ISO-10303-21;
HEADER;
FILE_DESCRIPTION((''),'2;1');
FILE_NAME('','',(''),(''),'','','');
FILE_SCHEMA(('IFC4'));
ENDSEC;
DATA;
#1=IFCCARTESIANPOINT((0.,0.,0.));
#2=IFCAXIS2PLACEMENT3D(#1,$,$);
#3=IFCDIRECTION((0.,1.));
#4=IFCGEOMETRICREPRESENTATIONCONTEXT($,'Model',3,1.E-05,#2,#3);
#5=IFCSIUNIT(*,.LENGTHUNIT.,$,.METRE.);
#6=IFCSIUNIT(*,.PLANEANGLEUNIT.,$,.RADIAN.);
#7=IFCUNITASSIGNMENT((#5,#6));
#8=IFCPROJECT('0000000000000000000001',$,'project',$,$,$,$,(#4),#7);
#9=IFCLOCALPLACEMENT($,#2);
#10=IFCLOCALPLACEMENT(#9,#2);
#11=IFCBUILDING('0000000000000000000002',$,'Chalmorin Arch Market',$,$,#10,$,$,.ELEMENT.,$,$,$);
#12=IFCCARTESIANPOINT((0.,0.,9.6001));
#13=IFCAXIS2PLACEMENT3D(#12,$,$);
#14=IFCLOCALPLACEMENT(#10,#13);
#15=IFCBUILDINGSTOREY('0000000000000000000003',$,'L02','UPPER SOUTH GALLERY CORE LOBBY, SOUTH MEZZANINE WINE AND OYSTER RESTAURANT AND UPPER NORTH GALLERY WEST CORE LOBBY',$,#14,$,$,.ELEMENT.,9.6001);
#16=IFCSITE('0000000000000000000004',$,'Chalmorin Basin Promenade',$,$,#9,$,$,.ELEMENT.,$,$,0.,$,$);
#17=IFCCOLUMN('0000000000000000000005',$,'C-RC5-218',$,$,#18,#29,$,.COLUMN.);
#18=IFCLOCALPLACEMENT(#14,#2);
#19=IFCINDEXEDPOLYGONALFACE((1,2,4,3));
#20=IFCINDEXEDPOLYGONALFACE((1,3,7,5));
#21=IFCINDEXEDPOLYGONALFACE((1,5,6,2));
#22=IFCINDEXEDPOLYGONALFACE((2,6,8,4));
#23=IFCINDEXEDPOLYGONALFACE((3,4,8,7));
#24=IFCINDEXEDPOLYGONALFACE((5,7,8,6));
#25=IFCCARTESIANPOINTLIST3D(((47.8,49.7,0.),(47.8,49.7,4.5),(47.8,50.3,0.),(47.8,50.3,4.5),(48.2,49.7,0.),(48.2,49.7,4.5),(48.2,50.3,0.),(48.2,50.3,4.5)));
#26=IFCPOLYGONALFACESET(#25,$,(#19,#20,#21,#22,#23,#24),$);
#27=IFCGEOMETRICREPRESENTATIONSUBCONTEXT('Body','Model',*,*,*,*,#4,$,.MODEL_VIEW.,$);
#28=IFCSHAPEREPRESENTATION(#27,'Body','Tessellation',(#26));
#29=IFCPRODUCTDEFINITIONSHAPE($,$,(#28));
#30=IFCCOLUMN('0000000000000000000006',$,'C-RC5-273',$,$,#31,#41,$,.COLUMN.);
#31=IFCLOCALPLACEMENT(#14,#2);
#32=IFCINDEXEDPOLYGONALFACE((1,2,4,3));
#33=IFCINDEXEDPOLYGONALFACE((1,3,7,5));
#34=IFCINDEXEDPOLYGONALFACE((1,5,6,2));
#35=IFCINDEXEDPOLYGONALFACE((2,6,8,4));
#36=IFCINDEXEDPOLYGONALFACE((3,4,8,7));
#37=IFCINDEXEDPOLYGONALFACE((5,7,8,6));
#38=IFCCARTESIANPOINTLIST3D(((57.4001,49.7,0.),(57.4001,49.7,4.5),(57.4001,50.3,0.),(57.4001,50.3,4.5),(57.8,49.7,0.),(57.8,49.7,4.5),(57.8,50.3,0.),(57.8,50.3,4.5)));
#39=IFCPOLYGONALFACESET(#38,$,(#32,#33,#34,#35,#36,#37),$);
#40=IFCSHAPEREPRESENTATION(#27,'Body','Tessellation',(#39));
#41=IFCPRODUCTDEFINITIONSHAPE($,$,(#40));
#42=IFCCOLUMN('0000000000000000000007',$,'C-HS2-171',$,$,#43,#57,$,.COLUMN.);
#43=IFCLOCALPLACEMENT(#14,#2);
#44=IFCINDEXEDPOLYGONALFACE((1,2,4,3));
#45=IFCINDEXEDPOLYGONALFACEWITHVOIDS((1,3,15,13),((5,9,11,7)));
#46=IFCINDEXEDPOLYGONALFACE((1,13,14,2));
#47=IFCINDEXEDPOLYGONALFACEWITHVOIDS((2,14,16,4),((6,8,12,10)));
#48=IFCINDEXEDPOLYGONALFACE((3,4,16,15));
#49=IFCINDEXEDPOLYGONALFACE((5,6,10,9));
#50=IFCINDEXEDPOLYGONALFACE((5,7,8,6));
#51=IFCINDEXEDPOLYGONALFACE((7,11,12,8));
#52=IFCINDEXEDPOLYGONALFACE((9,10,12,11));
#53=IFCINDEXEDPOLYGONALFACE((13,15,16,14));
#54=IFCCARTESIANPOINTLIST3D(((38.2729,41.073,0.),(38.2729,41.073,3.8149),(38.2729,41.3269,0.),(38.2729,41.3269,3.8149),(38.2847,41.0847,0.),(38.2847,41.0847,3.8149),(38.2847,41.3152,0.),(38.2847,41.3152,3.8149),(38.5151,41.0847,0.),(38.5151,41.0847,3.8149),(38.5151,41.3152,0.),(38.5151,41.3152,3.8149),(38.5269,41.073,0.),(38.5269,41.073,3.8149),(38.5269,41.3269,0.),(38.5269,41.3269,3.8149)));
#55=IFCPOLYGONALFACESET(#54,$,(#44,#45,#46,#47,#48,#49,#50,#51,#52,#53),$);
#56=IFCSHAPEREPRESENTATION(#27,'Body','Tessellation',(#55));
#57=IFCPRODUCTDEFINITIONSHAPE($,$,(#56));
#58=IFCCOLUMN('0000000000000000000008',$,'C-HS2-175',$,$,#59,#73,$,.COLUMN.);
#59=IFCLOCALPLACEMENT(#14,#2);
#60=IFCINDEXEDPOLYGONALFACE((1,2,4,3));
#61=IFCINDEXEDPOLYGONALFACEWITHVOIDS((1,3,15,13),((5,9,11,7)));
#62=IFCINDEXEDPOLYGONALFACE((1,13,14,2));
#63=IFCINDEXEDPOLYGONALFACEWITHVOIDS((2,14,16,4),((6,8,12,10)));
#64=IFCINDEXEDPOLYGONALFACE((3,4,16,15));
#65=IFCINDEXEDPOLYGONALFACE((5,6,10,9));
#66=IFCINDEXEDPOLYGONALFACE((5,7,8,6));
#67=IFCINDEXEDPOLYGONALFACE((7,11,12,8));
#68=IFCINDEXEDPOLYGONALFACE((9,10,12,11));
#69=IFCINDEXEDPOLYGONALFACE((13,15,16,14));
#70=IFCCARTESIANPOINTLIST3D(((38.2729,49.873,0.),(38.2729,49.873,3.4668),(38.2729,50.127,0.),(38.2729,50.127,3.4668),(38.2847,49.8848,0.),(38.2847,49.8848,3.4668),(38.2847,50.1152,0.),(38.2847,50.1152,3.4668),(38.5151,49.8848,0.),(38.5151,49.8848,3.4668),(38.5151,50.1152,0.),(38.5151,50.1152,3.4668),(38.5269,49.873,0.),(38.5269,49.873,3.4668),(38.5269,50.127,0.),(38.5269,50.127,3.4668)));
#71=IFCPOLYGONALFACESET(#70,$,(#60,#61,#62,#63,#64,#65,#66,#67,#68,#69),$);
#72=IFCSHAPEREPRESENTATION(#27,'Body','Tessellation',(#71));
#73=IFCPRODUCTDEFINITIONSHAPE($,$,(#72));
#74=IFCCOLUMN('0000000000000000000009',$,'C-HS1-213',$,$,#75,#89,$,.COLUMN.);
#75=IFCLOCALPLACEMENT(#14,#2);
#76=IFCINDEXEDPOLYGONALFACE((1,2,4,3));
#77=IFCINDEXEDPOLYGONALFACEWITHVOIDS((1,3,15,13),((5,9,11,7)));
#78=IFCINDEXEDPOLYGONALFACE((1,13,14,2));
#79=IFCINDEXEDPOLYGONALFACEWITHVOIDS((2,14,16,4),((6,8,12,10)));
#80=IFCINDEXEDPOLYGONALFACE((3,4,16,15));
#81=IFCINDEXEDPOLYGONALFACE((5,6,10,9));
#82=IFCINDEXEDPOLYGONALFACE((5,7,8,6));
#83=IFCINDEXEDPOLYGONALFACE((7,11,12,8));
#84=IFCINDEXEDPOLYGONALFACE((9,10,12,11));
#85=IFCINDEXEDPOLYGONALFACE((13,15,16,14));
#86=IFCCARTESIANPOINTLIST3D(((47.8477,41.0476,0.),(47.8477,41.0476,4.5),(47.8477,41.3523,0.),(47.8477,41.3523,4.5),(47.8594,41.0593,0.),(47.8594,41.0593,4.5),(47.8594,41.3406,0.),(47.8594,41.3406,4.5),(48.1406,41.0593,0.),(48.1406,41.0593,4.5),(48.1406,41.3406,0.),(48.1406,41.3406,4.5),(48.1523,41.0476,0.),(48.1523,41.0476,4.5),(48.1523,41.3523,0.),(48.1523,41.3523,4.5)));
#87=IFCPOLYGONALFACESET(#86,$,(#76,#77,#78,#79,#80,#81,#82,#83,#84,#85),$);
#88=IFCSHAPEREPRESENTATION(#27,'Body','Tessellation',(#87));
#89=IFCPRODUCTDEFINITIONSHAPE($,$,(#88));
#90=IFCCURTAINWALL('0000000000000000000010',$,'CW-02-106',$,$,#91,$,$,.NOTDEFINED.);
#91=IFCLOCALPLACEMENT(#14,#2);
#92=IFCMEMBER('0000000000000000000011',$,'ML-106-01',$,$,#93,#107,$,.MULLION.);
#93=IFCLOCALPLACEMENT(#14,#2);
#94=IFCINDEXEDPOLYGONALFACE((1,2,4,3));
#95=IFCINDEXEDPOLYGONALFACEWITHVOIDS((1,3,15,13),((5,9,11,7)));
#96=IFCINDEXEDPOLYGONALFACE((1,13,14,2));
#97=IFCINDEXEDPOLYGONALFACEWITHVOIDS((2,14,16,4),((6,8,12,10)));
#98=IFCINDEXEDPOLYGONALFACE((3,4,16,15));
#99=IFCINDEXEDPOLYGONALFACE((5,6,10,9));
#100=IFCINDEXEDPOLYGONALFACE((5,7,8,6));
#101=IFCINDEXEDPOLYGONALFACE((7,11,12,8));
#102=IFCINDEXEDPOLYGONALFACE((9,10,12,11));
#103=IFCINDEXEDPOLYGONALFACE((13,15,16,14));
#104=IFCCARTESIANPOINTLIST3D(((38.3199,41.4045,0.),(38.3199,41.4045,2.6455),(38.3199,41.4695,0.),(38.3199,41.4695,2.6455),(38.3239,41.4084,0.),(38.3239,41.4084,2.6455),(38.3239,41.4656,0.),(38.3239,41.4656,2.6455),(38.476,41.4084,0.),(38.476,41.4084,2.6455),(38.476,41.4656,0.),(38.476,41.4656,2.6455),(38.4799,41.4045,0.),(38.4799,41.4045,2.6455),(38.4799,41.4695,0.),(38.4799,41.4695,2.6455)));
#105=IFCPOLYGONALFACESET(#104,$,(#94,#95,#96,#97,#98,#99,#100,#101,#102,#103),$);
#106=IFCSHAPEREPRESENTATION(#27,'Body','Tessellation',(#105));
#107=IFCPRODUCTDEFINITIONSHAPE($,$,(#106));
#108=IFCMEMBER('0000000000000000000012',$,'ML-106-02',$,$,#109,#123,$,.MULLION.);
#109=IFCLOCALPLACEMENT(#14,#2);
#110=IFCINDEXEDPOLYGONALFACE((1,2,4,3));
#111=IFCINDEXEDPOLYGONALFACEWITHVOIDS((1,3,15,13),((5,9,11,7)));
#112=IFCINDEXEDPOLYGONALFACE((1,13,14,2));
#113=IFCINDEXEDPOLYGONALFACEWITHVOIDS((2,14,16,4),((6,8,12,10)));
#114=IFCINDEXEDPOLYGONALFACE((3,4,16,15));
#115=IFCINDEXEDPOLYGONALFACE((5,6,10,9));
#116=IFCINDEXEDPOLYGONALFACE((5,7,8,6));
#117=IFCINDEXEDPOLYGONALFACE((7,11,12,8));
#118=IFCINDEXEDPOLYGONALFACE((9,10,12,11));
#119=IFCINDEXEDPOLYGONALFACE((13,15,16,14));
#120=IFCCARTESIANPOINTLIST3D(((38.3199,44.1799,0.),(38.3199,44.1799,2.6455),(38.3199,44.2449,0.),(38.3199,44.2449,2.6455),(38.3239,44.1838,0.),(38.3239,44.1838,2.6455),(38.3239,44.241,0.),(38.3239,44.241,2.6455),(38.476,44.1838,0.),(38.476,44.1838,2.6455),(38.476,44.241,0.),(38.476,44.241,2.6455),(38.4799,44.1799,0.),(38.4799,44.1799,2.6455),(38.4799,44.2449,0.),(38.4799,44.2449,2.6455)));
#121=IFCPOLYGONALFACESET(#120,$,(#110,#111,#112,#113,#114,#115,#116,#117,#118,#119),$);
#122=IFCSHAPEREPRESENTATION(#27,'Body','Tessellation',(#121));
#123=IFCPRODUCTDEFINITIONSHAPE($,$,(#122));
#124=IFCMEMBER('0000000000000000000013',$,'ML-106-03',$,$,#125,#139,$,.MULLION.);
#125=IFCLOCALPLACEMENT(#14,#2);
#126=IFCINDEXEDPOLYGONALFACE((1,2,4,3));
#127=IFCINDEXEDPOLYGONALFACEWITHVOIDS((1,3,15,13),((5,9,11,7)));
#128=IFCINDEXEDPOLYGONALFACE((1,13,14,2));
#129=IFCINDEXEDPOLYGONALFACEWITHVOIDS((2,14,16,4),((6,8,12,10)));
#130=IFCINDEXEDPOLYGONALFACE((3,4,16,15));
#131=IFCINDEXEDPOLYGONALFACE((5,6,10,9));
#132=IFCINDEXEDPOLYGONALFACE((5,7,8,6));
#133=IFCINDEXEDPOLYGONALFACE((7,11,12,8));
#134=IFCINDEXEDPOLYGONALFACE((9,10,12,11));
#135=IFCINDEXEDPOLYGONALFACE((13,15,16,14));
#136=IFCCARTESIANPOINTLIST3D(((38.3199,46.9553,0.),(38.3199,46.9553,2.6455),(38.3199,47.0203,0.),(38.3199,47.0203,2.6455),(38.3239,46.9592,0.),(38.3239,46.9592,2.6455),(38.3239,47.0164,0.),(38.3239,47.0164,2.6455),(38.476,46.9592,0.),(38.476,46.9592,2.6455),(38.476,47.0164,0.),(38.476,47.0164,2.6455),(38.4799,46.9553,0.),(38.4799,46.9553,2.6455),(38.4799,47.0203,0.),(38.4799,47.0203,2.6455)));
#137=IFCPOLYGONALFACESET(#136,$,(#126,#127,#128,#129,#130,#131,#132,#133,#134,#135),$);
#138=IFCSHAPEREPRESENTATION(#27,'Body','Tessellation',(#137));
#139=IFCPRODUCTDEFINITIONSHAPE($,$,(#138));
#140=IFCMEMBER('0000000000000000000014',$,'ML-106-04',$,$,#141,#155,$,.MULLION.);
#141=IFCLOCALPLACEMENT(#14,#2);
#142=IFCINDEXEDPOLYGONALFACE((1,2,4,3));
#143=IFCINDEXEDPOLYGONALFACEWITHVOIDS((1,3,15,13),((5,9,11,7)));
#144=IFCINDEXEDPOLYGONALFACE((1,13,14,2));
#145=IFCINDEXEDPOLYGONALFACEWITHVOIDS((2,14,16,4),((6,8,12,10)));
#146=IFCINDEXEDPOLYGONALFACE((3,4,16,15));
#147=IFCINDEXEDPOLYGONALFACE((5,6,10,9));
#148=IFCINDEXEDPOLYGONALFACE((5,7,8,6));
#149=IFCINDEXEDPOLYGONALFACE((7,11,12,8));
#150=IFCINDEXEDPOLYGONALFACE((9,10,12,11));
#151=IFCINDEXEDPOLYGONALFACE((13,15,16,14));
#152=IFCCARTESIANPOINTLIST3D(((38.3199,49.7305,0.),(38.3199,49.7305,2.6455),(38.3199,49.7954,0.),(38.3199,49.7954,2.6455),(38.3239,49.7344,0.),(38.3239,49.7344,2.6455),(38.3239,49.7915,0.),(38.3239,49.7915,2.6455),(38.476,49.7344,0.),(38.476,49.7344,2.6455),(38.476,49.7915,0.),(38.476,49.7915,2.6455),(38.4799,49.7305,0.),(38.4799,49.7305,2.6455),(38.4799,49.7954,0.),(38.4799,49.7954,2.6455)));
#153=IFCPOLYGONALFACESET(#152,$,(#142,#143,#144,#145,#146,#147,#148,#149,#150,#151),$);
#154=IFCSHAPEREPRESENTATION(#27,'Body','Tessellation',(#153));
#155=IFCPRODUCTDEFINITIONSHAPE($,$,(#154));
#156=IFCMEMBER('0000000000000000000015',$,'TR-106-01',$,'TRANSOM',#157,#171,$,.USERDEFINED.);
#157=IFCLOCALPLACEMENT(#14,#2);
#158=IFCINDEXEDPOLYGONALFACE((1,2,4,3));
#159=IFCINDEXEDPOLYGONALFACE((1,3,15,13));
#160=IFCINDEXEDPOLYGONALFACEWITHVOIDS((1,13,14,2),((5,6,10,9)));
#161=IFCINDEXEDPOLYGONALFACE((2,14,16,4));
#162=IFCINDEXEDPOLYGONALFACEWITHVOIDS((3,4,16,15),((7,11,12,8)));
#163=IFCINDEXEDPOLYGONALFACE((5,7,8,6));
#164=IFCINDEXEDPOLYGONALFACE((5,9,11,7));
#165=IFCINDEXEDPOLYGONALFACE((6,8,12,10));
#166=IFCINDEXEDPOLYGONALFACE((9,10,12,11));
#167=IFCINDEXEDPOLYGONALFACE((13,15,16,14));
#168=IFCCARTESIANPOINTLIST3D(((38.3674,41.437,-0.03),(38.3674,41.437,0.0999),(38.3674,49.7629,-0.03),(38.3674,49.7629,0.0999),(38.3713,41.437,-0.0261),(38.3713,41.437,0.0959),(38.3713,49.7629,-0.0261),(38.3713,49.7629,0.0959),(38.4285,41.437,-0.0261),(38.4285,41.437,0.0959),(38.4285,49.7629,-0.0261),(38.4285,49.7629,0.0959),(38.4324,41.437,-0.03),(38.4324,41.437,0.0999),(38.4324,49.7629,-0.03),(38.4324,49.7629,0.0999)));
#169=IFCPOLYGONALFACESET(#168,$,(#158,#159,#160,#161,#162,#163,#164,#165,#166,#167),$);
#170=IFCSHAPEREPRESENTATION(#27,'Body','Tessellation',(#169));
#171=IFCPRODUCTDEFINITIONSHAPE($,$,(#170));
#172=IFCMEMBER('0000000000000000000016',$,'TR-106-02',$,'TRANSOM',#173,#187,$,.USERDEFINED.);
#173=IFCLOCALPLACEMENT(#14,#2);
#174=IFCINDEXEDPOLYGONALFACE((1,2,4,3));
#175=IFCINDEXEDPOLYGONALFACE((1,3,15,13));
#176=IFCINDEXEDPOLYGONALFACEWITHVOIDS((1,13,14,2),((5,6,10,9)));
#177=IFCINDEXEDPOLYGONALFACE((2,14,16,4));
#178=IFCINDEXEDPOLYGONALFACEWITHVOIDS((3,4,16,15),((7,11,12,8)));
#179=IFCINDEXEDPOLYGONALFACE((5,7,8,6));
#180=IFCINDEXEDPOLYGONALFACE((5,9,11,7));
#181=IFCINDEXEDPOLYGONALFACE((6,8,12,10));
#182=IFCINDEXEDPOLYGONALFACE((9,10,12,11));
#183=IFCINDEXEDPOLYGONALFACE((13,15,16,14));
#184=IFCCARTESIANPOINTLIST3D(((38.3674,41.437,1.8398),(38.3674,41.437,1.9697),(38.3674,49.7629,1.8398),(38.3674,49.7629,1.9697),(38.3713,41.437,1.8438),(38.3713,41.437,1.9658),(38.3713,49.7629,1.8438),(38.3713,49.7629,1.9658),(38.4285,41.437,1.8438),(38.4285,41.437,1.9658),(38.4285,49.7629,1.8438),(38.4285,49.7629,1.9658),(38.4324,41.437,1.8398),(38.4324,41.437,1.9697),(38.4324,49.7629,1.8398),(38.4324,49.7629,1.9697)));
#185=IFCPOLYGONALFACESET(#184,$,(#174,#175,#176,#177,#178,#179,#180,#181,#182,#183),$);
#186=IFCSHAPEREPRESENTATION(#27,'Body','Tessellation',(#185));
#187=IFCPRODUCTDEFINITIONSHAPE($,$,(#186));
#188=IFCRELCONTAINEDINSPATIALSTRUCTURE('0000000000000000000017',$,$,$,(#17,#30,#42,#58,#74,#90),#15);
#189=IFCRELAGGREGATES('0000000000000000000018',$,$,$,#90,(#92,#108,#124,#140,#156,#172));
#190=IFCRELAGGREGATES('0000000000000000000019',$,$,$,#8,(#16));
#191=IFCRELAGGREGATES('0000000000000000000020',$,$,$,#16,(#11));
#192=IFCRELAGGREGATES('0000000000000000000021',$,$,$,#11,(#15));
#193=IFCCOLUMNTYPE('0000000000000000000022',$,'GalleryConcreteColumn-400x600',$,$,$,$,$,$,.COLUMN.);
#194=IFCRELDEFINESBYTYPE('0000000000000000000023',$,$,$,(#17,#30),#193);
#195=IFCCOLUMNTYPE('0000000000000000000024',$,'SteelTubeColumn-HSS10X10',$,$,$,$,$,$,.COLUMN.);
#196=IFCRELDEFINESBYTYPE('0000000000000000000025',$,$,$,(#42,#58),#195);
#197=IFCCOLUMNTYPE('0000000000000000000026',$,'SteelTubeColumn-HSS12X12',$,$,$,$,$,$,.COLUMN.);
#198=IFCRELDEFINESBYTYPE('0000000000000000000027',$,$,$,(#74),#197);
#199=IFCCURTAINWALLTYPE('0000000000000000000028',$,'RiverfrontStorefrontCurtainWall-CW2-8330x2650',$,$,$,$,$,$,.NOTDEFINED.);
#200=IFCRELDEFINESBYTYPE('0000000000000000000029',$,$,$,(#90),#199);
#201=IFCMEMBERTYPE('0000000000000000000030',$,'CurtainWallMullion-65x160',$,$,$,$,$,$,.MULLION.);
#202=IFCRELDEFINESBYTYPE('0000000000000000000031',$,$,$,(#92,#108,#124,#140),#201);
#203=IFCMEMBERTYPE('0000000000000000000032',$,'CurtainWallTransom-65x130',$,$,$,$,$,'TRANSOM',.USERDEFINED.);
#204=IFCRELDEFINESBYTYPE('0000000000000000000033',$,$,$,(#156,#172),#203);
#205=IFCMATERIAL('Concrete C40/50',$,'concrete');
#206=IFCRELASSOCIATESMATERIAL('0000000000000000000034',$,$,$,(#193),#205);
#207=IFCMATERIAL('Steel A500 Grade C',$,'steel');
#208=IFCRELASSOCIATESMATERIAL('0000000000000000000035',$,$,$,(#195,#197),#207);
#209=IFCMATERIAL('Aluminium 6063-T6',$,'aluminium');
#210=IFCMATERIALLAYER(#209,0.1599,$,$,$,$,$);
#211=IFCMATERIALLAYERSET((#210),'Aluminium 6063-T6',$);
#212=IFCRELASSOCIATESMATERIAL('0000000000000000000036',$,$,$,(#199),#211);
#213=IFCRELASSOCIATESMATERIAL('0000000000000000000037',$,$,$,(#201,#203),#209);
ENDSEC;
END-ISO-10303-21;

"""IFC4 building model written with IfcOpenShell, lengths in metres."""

from ifc_helpers import new_model, si_unit, direction, frame, origin, origin_2d, place, context, subcontext, project, spatial, rectangle, hollow_rectangle, extrude, material, layer, layer_set, material_profile, profile_set, type_object, element, aggregate, save


model = new_model("IFC4")

# Units and contexts
model_context = context("Model", 3, precision=1e-05, world=origin(), true_north=direction((0.0, 1.0)))
body_context = subcontext(model_context, "Body", "Model", "MODEL_VIEW")
ifc_project = project(units=[si_unit("LENGTHUNIT", "METRE"), si_unit("PLANEANGLEUNIT", "RADIAN")], contexts=[model_context])

# Site, building, storey
site_placement = place(None, origin())
site = spatial("IfcSite", under=ifc_project, at=site_placement, Name="Chalmorin Basin Promenade", CompositionType="ELEMENT", RefElevation=0.0)
building_placement = place(site_placement, origin())
building = spatial("IfcBuilding", under=site, at=building_placement, Name="Chalmorin Arch Market", CompositionType="ELEMENT")
storey_placement = place(building_placement, frame((0.0, 0.0, 9.6001)))
storey = spatial("IfcBuildingStorey", under=building, at=storey_placement, Name="L02", Description="UPPER SOUTH GALLERY CORE LOBBY, SOUTH MEZZANINE WINE AND OYSTER RESTAURANT AND UPPER NORTH GALLERY WEST CORE LOBBY", CompositionType="ELEMENT", Elevation=9.6001)

# Columns
ifc_material_1 = material(Name="Concrete C40/50", Category="concrete")
ifc_material_profile_1 = material_profile(ifc_material_1, rectangle(XDim=0.3999, YDim=0.6001, at=origin_2d()), Name="RC400X600")
ifc_profile_set_1 = profile_set([ifc_material_profile_1], Name="Concrete C40/50")
column_type_1 = type_object("IfcColumnType", Name="GalleryConcreteColumn-400x600", PredefinedType="COLUMN", material=ifc_profile_set_1)
for number, where, z_axis, x_axis, name in (
    (1, (48.0, 50.0, 0.0), (0.0, 0.0, 1.0), (1.0, 0.0, 0.0), "C-RC5-218"),
    (2, (57.6001, 50.0, 0.0), (0.0, 0.0, 1.0), (1.0, 0.0, 0.0), "C-RC5-273"),
):
    element("IfcColumn", number, at=place(storey_placement, frame(where, z_axis=z_axis, x_axis=x_axis)), inside=storey, type_object=column_type_1, Name=name, PredefinedType="COLUMN", context=body_context, shape_type="SweptSolid", body=[
        extrude(rectangle(XDim=0.3999, YDim=0.6001, at=origin_2d()), origin(), (0.0, 0.0, 1.0), 4.5),
    ])
ifc_material_2 = material(Name="Steel A500 Grade C", Category="steel")
ifc_material_profile_2 = material_profile(ifc_material_2, hollow_rectangle(XDim=0.2539, YDim=0.2539, WallThickness=0.0117, at=origin_2d()), Name="HSS10X10X1/2")
ifc_profile_set_2 = profile_set([ifc_material_profile_2], Name="Steel A500 Grade C")
column_type_2 = type_object("IfcColumnType", Name="SteelTubeColumn-HSS10X10", PredefinedType="COLUMN", material=ifc_profile_set_2)
column_1_placement = place(storey_placement, frame((38.3999, 41.2, 0.0), z_axis=(0.0, 0.0, 1.0), x_axis=(1.0, 0.0, 0.0)))
element("IfcColumn", 3, at=column_1_placement, inside=storey, type_object=column_type_2, Name="C-HS2-171", PredefinedType="COLUMN", context=body_context, shape_type="SweptSolid", body=[
    extrude(hollow_rectangle(XDim=0.2539, YDim=0.2539, WallThickness=0.0117, at=origin_2d()), origin(), (0.0, 0.0, 1.0), 3.8149),
])
column_2_placement = place(storey_placement, frame((38.3999, 50.0, 0.0), z_axis=(0.0, 0.0, 1.0), x_axis=(1.0, 0.0, 0.0)))
element("IfcColumn", 4, at=column_2_placement, inside=storey, type_object=column_type_2, Name="C-HS2-175", PredefinedType="COLUMN", context=body_context, shape_type="SweptSolid", body=[
    extrude(hollow_rectangle(XDim=0.2539, YDim=0.2539, WallThickness=0.0117, at=origin_2d()), origin(), (0.0, 0.0, 1.0), 3.4668),
])
ifc_material_profile_3 = material_profile(ifc_material_2, hollow_rectangle(XDim=0.3047, YDim=0.3047, WallThickness=0.0117, at=origin_2d()), Name="HSS12X12X1/2")
ifc_profile_set_3 = profile_set([ifc_material_profile_3], Name="Steel A500 Grade C")
column_type_3 = type_object("IfcColumnType", Name="SteelTubeColumn-HSS12X12", PredefinedType="COLUMN", material=ifc_profile_set_3)
column_3_placement = place(storey_placement, frame((48.0, 41.2, 0.0), z_axis=(0.0, 0.0, 1.0), x_axis=(1.0, 0.0, 0.0)))
element("IfcColumn", 5, at=column_3_placement, inside=storey, type_object=column_type_3, Name="C-HS1-213", PredefinedType="COLUMN", context=body_context, shape_type="SweptSolid", body=[
    extrude(hollow_rectangle(XDim=0.3047, YDim=0.3047, WallThickness=0.0117, at=origin_2d()), origin(), (0.0, 0.0, 1.0), 4.5),
])

# Curtain wall, members
ifc_material_3 = material(Name="Aluminium 6063-T6", Category="aluminium")
ifc_layer_1 = layer(ifc_material_3, 0.1599)
ifc_layer_set_1 = layer_set([ifc_layer_1], Name="Aluminium 6063-T6")
curtain_wall_type = type_object("IfcCurtainWallType", Name="RiverfrontStorefrontCurtainWall-CW2-8330x2650", PredefinedType="NOTDEFINED", material=ifc_layer_set_1)
curtain_wall_placement = place(storey_placement, origin())
curtain_wall = element("IfcCurtainWall", 6, at=curtain_wall_placement, inside=storey, type_object=curtain_wall_type, Name="CW-02-106", PredefinedType="NOTDEFINED")
ifc_material_profile_4 = material_profile(ifc_material_3, hollow_rectangle(XDim=0.0649, YDim=0.1599, WallThickness=0.0039, at=origin_2d()), Name="ALU65X160X4")
ifc_profile_set_4 = profile_set([ifc_material_profile_4], Name="Aluminium 6063-T6")
member_type_1 = type_object("IfcMemberType", Name="CurtainWallMullion-65x160", PredefinedType="MULLION", material=ifc_profile_set_4)
member_1_placement = place(storey_placement, frame((38.3999, 41.437, 0.0), z_axis=(0.0, 0.0, 1.0), x_axis=(0.0, 1.0, 0.0)))
member_1 = element("IfcMember", 7, at=member_1_placement, type_object=member_type_1, Name="ML-106-01", PredefinedType="MULLION", context=body_context, shape_type="SweptSolid", body=[
    extrude(hollow_rectangle(XDim=0.0649, YDim=0.1599, WallThickness=0.0039, at=origin_2d()), origin(), (0.0, 0.0, 1.0), 2.6455),
])
member_2_placement = place(storey_placement, frame((38.3999, 44.2124, 0.0), z_axis=(0.0, 0.0, 1.0), x_axis=(0.0, 1.0, 0.0)))
member_2 = element("IfcMember", 8, at=member_2_placement, type_object=member_type_1, Name="ML-106-02", PredefinedType="MULLION", context=body_context, shape_type="SweptSolid", body=[
    extrude(hollow_rectangle(XDim=0.0649, YDim=0.1599, WallThickness=0.0039, at=origin_2d()), origin(), (0.0, 0.0, 1.0), 2.6455),
])
member_3_placement = place(storey_placement, frame((38.3999, 46.9878, 0.0), z_axis=(0.0, 0.0, 1.0), x_axis=(0.0, 1.0, 0.0)))
member_3 = element("IfcMember", 9, at=member_3_placement, type_object=member_type_1, Name="ML-106-03", PredefinedType="MULLION", context=body_context, shape_type="SweptSolid", body=[
    extrude(hollow_rectangle(XDim=0.0649, YDim=0.1599, WallThickness=0.0039, at=origin_2d()), origin(), (0.0, 0.0, 1.0), 2.6455),
])
member_4_placement = place(storey_placement, frame((38.3999, 49.7629, 0.0), z_axis=(0.0, 0.0, 1.0), x_axis=(0.0, 1.0, 0.0)))
member_4 = element("IfcMember", 10, at=member_4_placement, type_object=member_type_1, Name="ML-106-04", PredefinedType="MULLION", context=body_context, shape_type="SweptSolid", body=[
    extrude(hollow_rectangle(XDim=0.0649, YDim=0.1599, WallThickness=0.0039, at=origin_2d()), origin(), (0.0, 0.0, 1.0), 2.6455),
])
ifc_material_profile_5 = material_profile(ifc_material_3, hollow_rectangle(XDim=0.0649, YDim=0.1299, WallThickness=0.0039, at=origin_2d()), Name="ALU65X130X4")
ifc_profile_set_5 = profile_set([ifc_material_profile_5], Name="Aluminium 6063-T6")
member_type_2 = type_object("IfcMemberType", Name="CurtainWallTransom-65x130", ElementType="TRANSOM", PredefinedType="USERDEFINED", material=ifc_profile_set_5)
member_5_placement = place(storey_placement, frame((38.3999, 41.437, 0.0349), z_axis=(0.0, 1.0, 0.0), x_axis=(-1.0, 0.0, 0.0)))
member_5 = element("IfcMember", 11, at=member_5_placement, type_object=member_type_2, Name="TR-106-01", ObjectType="TRANSOM", PredefinedType="USERDEFINED", context=body_context, shape_type="SweptSolid", body=[
    extrude(hollow_rectangle(XDim=0.0649, YDim=0.1299, WallThickness=0.0039, at=origin_2d()), origin(), (0.0, 0.0, 1.0), 8.3259),
])
member_6_placement = place(storey_placement, frame((38.3999, 41.437, 1.9048), z_axis=(0.0, 1.0, 0.0), x_axis=(-1.0, 0.0, 0.0)))
member_6 = element("IfcMember", 12, at=member_6_placement, type_object=member_type_2, Name="TR-106-02", ObjectType="TRANSOM", PredefinedType="USERDEFINED", context=body_context, shape_type="SweptSolid", body=[
    extrude(hollow_rectangle(XDim=0.0649, YDim=0.1299, WallThickness=0.0039, at=origin_2d()), origin(), (0.0, 0.0, 1.0), 8.3259),
])

aggregate(curtain_wall, [member_1, member_2, member_3, member_4, member_5, member_6])

save(model, "model.ifc")
